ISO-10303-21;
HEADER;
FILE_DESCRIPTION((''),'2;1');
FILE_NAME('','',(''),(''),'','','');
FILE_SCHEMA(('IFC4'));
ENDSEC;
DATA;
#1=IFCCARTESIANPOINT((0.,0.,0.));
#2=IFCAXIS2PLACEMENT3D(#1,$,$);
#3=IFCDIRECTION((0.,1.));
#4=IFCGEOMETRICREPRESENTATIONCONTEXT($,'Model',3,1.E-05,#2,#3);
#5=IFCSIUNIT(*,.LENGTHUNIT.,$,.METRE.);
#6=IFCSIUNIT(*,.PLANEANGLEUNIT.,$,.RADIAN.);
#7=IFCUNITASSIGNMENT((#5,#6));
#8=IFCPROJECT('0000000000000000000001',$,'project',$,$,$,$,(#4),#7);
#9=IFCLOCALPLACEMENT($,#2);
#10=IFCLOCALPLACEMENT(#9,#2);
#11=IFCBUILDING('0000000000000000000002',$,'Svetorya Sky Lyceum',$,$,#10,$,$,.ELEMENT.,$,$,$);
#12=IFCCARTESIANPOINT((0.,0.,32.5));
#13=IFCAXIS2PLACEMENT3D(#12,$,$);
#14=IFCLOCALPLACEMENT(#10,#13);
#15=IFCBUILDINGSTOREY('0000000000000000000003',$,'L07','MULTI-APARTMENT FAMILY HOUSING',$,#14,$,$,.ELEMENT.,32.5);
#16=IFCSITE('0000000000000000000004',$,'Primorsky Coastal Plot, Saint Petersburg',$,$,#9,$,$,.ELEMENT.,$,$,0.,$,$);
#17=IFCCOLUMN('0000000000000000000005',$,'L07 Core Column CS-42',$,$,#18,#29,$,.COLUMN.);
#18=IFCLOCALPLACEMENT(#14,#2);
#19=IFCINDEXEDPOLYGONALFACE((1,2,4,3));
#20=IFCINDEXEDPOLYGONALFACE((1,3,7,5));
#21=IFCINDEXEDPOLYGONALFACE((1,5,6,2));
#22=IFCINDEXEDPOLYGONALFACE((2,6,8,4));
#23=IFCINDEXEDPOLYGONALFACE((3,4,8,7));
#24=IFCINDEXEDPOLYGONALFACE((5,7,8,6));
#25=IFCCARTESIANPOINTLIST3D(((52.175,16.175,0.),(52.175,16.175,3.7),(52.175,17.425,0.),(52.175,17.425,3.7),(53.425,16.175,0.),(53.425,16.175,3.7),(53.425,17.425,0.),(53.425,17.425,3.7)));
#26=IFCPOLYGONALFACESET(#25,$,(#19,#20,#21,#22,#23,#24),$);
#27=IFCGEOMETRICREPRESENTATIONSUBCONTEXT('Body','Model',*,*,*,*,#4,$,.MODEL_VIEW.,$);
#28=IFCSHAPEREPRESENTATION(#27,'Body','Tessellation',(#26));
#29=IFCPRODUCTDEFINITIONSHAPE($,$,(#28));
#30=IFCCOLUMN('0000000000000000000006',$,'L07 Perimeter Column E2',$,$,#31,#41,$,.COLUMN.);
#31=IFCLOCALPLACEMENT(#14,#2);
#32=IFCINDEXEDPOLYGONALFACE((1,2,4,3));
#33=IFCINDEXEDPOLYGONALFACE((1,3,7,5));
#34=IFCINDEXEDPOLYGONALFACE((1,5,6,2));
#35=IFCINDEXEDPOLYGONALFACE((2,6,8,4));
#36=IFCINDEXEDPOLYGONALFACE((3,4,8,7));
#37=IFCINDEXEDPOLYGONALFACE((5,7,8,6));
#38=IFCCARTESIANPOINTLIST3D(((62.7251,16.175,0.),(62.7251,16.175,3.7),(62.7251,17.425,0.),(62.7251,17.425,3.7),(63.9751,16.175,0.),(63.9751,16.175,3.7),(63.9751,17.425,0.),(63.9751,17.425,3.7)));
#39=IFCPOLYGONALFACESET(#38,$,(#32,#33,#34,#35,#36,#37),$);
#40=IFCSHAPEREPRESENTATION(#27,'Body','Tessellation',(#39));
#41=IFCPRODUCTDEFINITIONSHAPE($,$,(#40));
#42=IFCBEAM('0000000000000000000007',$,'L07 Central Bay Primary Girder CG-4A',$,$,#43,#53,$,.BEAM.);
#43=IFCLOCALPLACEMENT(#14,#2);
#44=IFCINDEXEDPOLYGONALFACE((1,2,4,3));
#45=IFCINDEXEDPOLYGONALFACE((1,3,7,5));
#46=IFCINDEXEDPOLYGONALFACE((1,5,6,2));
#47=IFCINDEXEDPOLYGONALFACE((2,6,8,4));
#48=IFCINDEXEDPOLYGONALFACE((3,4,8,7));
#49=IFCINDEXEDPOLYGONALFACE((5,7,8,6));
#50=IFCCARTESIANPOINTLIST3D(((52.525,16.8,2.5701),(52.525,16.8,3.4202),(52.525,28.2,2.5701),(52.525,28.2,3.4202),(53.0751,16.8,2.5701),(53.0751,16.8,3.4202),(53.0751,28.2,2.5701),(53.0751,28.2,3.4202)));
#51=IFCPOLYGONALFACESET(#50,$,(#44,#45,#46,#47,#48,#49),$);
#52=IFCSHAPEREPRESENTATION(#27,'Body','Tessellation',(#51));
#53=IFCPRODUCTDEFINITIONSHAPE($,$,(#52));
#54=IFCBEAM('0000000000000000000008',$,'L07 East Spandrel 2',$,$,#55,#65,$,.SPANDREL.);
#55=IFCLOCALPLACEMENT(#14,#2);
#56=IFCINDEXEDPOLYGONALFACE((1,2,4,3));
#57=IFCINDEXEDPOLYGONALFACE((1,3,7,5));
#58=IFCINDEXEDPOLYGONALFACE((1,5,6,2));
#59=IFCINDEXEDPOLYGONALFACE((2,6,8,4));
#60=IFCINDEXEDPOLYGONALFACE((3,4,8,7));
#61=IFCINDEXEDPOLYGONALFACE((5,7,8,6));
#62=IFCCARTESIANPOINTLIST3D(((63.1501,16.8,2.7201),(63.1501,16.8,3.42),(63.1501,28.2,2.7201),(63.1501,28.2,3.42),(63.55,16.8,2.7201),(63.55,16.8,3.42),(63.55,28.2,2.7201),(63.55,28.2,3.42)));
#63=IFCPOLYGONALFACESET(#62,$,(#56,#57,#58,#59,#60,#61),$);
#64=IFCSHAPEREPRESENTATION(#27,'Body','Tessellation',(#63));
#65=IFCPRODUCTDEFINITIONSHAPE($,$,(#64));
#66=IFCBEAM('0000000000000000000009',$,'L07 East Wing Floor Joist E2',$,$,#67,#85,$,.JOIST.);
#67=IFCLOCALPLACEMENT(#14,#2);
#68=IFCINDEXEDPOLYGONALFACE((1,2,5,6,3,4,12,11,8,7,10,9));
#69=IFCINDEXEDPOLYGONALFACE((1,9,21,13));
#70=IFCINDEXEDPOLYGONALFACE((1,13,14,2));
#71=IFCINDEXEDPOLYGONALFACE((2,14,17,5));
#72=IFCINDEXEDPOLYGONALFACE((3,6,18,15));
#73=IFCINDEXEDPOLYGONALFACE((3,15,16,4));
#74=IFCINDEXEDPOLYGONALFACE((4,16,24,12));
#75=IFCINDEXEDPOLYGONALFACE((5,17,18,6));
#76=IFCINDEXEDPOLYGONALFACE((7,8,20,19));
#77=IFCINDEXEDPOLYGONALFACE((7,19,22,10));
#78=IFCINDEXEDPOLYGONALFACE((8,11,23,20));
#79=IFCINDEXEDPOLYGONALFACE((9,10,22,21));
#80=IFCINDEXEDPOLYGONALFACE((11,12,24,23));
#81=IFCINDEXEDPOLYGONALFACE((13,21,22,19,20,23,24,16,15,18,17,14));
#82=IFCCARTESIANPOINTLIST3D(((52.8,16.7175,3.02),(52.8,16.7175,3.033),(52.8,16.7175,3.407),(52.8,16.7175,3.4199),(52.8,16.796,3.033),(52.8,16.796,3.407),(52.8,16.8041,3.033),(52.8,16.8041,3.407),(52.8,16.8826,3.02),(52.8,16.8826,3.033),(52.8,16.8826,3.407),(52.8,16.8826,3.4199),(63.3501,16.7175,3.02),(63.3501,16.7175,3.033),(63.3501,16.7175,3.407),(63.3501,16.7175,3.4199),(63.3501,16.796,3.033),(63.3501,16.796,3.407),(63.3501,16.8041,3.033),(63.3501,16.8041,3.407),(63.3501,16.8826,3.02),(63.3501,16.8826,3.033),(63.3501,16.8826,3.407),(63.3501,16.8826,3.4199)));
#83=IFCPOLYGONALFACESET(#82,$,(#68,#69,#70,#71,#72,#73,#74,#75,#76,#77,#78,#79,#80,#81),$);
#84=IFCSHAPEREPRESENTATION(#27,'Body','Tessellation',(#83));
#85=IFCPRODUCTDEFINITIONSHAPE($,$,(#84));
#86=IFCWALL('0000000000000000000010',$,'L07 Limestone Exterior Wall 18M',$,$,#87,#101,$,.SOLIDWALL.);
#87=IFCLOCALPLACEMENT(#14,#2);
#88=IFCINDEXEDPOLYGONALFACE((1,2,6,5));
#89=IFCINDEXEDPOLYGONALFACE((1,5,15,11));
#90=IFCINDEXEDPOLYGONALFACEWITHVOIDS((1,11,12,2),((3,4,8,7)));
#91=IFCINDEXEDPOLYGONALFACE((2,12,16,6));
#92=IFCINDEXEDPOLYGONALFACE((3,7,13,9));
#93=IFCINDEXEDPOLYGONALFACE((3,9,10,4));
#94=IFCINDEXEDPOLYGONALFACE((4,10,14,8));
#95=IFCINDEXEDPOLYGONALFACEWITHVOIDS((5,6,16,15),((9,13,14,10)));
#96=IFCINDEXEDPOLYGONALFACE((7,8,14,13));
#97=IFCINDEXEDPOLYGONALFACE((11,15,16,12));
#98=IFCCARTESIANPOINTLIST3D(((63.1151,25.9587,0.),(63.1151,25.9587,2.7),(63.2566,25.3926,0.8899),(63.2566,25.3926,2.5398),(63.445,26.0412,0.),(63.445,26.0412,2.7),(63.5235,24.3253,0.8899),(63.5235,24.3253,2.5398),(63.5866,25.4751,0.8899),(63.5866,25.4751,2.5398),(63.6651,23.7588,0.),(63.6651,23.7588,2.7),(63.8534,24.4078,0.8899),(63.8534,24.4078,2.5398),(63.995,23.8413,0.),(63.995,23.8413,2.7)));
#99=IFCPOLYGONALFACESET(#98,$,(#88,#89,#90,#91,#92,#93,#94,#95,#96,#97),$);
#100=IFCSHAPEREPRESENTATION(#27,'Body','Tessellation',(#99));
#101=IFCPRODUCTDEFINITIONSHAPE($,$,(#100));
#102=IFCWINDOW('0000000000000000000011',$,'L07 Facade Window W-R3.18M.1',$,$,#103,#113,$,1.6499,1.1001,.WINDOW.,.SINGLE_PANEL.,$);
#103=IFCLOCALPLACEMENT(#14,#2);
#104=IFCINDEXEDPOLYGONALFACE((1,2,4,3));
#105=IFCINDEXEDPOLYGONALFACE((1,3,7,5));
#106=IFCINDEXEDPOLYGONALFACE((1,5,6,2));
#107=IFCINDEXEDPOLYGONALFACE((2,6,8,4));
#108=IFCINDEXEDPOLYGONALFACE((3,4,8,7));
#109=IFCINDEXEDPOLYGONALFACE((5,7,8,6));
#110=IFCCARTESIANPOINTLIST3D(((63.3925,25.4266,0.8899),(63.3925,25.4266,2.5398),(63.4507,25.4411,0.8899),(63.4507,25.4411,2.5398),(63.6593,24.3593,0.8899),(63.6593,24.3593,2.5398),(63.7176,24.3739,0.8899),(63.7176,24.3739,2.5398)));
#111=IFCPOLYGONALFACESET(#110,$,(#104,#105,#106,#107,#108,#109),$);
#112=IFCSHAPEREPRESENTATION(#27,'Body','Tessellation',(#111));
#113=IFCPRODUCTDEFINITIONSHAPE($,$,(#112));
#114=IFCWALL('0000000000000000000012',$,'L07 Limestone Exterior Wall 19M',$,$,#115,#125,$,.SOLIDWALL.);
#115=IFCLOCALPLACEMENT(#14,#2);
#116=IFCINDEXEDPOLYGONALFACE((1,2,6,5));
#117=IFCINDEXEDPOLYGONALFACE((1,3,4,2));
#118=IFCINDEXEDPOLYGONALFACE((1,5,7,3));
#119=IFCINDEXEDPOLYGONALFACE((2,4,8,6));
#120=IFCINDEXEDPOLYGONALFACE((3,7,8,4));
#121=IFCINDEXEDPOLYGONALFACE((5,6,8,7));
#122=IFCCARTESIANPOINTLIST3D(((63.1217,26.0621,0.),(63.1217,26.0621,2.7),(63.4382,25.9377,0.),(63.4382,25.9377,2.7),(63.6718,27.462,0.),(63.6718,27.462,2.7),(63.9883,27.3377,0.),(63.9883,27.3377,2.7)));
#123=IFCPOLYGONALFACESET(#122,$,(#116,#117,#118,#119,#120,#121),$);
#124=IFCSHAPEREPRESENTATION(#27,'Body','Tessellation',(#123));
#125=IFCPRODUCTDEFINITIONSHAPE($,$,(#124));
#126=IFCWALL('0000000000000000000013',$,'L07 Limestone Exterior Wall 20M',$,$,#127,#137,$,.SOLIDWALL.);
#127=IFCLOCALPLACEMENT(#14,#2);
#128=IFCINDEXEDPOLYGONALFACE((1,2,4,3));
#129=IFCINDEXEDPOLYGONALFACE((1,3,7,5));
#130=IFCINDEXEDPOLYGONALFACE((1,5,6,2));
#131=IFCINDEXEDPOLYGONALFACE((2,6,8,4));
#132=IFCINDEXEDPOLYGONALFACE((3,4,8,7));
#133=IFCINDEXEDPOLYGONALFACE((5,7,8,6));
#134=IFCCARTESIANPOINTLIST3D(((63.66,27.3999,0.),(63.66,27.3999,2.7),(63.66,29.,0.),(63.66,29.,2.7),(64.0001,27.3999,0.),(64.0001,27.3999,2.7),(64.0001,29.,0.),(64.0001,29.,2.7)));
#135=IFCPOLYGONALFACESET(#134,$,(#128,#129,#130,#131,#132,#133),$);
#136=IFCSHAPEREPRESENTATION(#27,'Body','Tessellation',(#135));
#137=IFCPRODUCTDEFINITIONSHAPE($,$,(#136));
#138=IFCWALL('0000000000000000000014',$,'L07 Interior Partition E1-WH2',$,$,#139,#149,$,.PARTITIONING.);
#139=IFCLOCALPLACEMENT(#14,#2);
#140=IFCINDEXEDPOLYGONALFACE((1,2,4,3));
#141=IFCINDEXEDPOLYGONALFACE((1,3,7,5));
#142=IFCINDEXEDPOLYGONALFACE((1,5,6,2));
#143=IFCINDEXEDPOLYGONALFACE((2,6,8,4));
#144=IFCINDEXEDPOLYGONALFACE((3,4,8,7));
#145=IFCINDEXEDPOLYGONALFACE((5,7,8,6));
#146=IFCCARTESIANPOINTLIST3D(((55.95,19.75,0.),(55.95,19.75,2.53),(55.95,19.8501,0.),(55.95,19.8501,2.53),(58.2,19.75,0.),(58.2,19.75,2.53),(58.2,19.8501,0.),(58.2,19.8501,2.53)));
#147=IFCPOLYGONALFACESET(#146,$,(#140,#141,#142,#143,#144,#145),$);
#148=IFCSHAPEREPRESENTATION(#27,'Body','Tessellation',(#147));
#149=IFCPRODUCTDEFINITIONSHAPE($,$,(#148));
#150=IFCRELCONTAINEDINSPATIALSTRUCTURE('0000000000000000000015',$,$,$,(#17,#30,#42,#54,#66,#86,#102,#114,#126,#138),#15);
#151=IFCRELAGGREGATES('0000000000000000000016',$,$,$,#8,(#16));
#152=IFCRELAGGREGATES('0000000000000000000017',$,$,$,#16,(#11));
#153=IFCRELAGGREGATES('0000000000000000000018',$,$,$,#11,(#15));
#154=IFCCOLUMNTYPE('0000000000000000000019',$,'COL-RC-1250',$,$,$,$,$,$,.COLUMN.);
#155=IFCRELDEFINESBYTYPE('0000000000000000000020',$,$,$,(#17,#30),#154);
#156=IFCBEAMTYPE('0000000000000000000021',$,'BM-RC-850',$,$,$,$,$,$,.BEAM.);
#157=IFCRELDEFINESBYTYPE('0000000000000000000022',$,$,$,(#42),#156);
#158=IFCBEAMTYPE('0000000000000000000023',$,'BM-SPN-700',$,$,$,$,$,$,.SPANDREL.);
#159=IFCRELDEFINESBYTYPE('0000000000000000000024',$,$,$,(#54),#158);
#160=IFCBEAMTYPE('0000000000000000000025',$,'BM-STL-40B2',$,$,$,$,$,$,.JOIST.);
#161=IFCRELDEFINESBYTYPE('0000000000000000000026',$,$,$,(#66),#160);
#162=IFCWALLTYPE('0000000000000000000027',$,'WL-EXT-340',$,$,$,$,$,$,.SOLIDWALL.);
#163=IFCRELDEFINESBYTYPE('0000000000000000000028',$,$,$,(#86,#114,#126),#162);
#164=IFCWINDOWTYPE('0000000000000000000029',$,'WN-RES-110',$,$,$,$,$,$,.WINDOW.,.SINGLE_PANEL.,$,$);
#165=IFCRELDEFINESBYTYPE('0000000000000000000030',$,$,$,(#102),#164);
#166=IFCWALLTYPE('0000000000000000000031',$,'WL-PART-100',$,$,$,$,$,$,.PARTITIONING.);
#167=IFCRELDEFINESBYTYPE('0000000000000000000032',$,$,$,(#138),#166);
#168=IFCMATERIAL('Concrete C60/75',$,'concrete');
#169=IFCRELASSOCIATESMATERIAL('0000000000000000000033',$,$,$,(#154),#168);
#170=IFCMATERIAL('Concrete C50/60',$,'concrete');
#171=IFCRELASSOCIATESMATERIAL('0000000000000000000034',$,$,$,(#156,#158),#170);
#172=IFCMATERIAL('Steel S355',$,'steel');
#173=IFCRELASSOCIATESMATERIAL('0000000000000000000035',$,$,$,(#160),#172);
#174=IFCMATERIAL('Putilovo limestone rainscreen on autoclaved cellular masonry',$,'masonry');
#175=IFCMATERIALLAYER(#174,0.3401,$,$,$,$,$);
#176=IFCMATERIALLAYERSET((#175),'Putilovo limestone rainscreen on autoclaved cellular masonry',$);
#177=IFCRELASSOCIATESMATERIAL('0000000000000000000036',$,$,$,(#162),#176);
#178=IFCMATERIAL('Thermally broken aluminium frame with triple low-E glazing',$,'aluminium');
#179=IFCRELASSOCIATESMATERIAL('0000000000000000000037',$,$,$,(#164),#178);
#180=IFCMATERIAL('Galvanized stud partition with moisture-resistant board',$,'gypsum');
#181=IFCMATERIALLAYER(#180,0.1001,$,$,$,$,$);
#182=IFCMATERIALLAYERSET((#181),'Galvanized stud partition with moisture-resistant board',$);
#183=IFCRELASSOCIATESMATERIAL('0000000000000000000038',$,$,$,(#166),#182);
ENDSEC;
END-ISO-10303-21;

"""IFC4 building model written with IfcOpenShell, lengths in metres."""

from ifc_helpers import new_model, si_unit, direction, frame, frame_2d, origin, origin_2d, place, context, subcontext, project, spatial, rectangle, i_section, extrude, material, layer, layer_set, material_profile, profile_set, type_object, element, fill, save


model = new_model("IFC4")

# Units and contexts
model_context = context("Model", 3, precision=1e-05, world=origin(), true_north=direction((0.0, 1.0)))
body_context = subcontext(model_context, "Body", "Model", "MODEL_VIEW")
ifc_project = project(units=[si_unit("LENGTHUNIT", "METRE"), si_unit("PLANEANGLEUNIT", "RADIAN")], contexts=[model_context])

# Site, building, storey
site_placement = place(None, origin())
site = spatial("IfcSite", under=ifc_project, at=site_placement, Name="Primorsky Coastal Plot, Saint Petersburg", CompositionType="ELEMENT", RefElevation=0.0)
building_placement = place(site_placement, origin())
building = spatial("IfcBuilding", under=site, at=building_placement, Name="Svetorya Sky Lyceum", CompositionType="ELEMENT")
storey_placement = place(building_placement, frame((0.0, 0.0, 32.5)))
storey = spatial("IfcBuildingStorey", under=building, at=storey_placement, Name="L07", Description="MULTI-APARTMENT FAMILY HOUSING", CompositionType="ELEMENT", Elevation=32.5)

# Columns
ifc_material_1 = material(Name="Concrete C60/75", Category="concrete")
ifc_material_profile_1 = material_profile(ifc_material_1, rectangle(XDim=1.25, YDim=1.25, at=origin_2d()), Name="RC COL 1250x1250")
ifc_profile_set_1 = profile_set([ifc_material_profile_1], Name="Concrete C60/75")
column_type = type_object("IfcColumnType", Name="COL-RC-1250", PredefinedType="COLUMN", material=ifc_profile_set_1)
for number, where, z_axis, x_axis, name in (
    (1, (52.8, 16.8, 0.0), (0.0, 0.0, 1.0), (1.0, 0.0, 0.0), "L07 Core Column CS-42"),
    (2, (63.3501, 16.8, 0.0), (0.0, 0.0, 1.0), (1.0, 0.0, 0.0), "L07 Perimeter Column E2"),
):
    element("IfcColumn", number, at=place(storey_placement, frame(where, z_axis=z_axis, x_axis=x_axis)), inside=storey, type_object=column_type, Name=name, PredefinedType="COLUMN", context=body_context, shape_type="SweptSolid", body=[
        extrude(rectangle(XDim=1.25, YDim=1.25, at=origin_2d()), origin(), (0.0, 0.0, 1.0), 3.7),
    ])

# Beams
ifc_material_2 = material(Name="Concrete C50/60", Category="concrete")
ifc_material_profile_2 = material_profile(ifc_material_2, rectangle(XDim=0.55, YDim=0.8501, at=origin_2d()), Name="RC BEAM 550x850")
ifc_profile_set_2 = profile_set([ifc_material_profile_2], Name="Concrete C50/60")
beam_type_1 = type_object("IfcBeamType", Name="BM-RC-850", PredefinedType="BEAM", material=ifc_profile_set_2)
beam_1_placement = place(storey_placement, frame((52.8, 16.8, 2.9951), z_axis=(0.0, 1.0, 0.0), x_axis=(-1.0, 0.0, 0.0)))
element("IfcBeam", 3, at=beam_1_placement, inside=storey, type_object=beam_type_1, Name="L07 Central Bay Primary Girder CG-4A", PredefinedType="BEAM", context=body_context, shape_type="SweptSolid", body=[
    extrude(rectangle(XDim=0.55, YDim=0.8501, at=origin_2d()), origin(), (0.0, 0.0, 1.0), 11.3999),
])
ifc_material_profile_3 = material_profile(ifc_material_2, rectangle(XDim=0.3999, YDim=0.7, at=origin_2d()), Name="RC SPANDREL 400x700")
ifc_profile_set_3 = profile_set([ifc_material_profile_3], Name="Concrete C50/60")
beam_type_2 = type_object("IfcBeamType", Name="BM-SPN-700", PredefinedType="SPANDREL", material=ifc_profile_set_3)
beam_2_placement = place(storey_placement, frame((63.3501, 16.8, 3.0701), z_axis=(0.0, 1.0, 0.0), x_axis=(-1.0, 0.0, 0.0)))
element("IfcBeam", 4, at=beam_2_placement, inside=storey, type_object=beam_type_2, Name="L07 East Spandrel 2", PredefinedType="SPANDREL", context=body_context, shape_type="SweptSolid", body=[
    extrude(rectangle(XDim=0.3999, YDim=0.7, at=origin_2d()), origin(), (0.0, 0.0, 1.0), 11.3999),
])
ifc_material_3 = material(Name="Steel S355", Category="steel")
ifc_material_profile_4 = material_profile(ifc_material_3, i_section(OverallWidth=0.165, OverallDepth=0.3999, WebThickness=0.0081, FlangeThickness=0.0129, at=origin_2d()), Name="GOST 40B2")
ifc_profile_set_4 = profile_set([ifc_material_profile_4], Name="Steel S355")
beam_type_3 = type_object("IfcBeamType", Name="BM-STL-40B2", PredefinedType="JOIST", material=ifc_profile_set_4)
beam_3_placement = place(storey_placement, frame((52.8, 16.8, 3.22), z_axis=(1.0, 0.0, 0.0), x_axis=(0.0, 1.0, 0.0)))
element("IfcBeam", 5, at=beam_3_placement, inside=storey, type_object=beam_type_3, Name="L07 East Wing Floor Joist E2", PredefinedType="JOIST", context=body_context, shape_type="SweptSolid", body=[
    extrude(i_section(OverallWidth=0.165, OverallDepth=0.3999, WebThickness=0.0081, FlangeThickness=0.0129, at=origin_2d()), origin(), (0.0, 0.0, 1.0), 10.55),
])

# Wall, opening, window
ifc_material_4 = material(Name="Putilovo limestone rainscreen on autoclaved cellular masonry", Category="masonry")
ifc_layer_1 = layer(ifc_material_4, 0.3401)
ifc_layer_set_1 = layer_set([ifc_layer_1], Name="Putilovo limestone rainscreen on autoclaved cellular masonry")
wall_type_1 = type_object("IfcWallType", Name="WL-EXT-340", PredefinedType="SOLIDWALL", material=ifc_layer_set_1)
wall_1_placement = place(storey_placement, frame((63.8301, 23.8, 0.0), z_axis=(0.0, 0.0, 1.0), x_axis=(-0.242561, 0.970136, 0.0)))
wall_1 = element("IfcWall", 6, at=wall_1_placement, inside=storey, type_object=wall_type_1, Name="L07 Limestone Exterior Wall 18M", PredefinedType="SOLIDWALL", context=body_context, shape_type="SweptSolid", body=[
    extrude(rectangle(XDim=2.2676, YDim=0.3401, at=frame_2d((1.1338, 0.0))), origin(), (0.0, 0.0, 1.0), 2.7),
])
opening_1_placement = place(wall_1_placement, frame((0.584, 0.0, 0.8899)))
opening_1 = element("IfcOpeningElement", 7, at=opening_1_placement, cuts=wall_1, PredefinedType="OPENING", context=body_context, shape_type="SweptSolid", body=[
    extrude(rectangle(XDim=1.1001, YDim=1.6499, at=frame_2d((0.55, 0.825))), frame((0.0, 0.1799, 0.0), z_axis=(0.0, -1.0, 0.0), x_axis=(1.0, 0.0, 0.0)), (0.0, 0.0, 1.0), 0.3601),
])
ifc_material_5 = material(Name="Thermally broken aluminium frame with triple low-E glazing", Category="aluminium")
window_type = type_object("IfcWindowType", Name="WN-RES-110", PartitioningType="SINGLE_PANEL", PredefinedType="WINDOW", material=ifc_material_5)
window_placement = place(opening_1_placement, origin())
window = element("IfcWindow", 8, at=window_placement, inside=storey, type_object=window_type, Name="L07 Facade Window W-R3.18M.1", OverallHeight=1.6499, OverallWidth=1.1001, PartitioningType="SINGLE_PANEL", PredefinedType="WINDOW", context=body_context, shape_type="SweptSolid", body=[
    extrude(rectangle(XDim=1.1001, YDim=1.6499, at=frame_2d((0.55, 0.825))), frame((0.0, 0.03, 0.0), z_axis=(0.0, -1.0, 0.0), x_axis=(1.0, 0.0, 0.0)), (0.0, 0.0, 1.0), 0.0601),
])
fill(opening_1, window)

# Walls
wall_2_placement = place(storey_placement, frame((63.28, 26.0, 0.0), z_axis=(0.0, 0.0, 1.0), x_axis=(0.365703, 0.930732, 0.0)))
element("IfcWall", 9, at=wall_2_placement, inside=storey, type_object=wall_type_1, Name="L07 Limestone Exterior Wall 19M", PredefinedType="SOLIDWALL", context=body_context, shape_type="SweptSolid", body=[
    extrude(rectangle(XDim=1.5042, YDim=0.3401, at=frame_2d((0.752, 0.0))), origin(), (0.0, 0.0, 1.0), 2.7),
])
wall_3_placement = place(storey_placement, frame((63.8301, 27.3999, 0.0), z_axis=(0.0, 0.0, 1.0), x_axis=(0.0, 1.0, 0.0)))
element("IfcWall", 10, at=wall_3_placement, inside=storey, type_object=wall_type_1, Name="L07 Limestone Exterior Wall 20M", PredefinedType="SOLIDWALL", context=body_context, shape_type="SweptSolid", body=[
    extrude(rectangle(XDim=1.6001, YDim=0.3401, at=frame_2d((0.8, 0.0))), origin(), (0.0, 0.0, 1.0), 2.7),
])
ifc_material_6 = material(Name="Galvanized stud partition with moisture-resistant board", Category="gypsum")
ifc_layer_2 = layer(ifc_material_6, 0.1001)
ifc_layer_set_2 = layer_set([ifc_layer_2], Name="Galvanized stud partition with moisture-resistant board")
wall_type_2 = type_object("IfcWallType", Name="WL-PART-100", PredefinedType="PARTITIONING", material=ifc_layer_set_2)
wall_4_placement = place(storey_placement, frame((55.95, 19.8, 0.0), z_axis=(0.0, 0.0, 1.0), x_axis=(1.0, 0.0, 0.0)))
element("IfcWall", 11, at=wall_4_placement, inside=storey, type_object=wall_type_2, Name="L07 Interior Partition E1-WH2", PredefinedType="PARTITIONING", context=body_context, shape_type="SweptSolid", body=[
    extrude(rectangle(XDim=2.25, YDim=0.1001, at=frame_2d((1.125, 0.0))), origin(), (0.0, 0.0, 1.0), 2.53),
])

save(model, "model.ifc")
